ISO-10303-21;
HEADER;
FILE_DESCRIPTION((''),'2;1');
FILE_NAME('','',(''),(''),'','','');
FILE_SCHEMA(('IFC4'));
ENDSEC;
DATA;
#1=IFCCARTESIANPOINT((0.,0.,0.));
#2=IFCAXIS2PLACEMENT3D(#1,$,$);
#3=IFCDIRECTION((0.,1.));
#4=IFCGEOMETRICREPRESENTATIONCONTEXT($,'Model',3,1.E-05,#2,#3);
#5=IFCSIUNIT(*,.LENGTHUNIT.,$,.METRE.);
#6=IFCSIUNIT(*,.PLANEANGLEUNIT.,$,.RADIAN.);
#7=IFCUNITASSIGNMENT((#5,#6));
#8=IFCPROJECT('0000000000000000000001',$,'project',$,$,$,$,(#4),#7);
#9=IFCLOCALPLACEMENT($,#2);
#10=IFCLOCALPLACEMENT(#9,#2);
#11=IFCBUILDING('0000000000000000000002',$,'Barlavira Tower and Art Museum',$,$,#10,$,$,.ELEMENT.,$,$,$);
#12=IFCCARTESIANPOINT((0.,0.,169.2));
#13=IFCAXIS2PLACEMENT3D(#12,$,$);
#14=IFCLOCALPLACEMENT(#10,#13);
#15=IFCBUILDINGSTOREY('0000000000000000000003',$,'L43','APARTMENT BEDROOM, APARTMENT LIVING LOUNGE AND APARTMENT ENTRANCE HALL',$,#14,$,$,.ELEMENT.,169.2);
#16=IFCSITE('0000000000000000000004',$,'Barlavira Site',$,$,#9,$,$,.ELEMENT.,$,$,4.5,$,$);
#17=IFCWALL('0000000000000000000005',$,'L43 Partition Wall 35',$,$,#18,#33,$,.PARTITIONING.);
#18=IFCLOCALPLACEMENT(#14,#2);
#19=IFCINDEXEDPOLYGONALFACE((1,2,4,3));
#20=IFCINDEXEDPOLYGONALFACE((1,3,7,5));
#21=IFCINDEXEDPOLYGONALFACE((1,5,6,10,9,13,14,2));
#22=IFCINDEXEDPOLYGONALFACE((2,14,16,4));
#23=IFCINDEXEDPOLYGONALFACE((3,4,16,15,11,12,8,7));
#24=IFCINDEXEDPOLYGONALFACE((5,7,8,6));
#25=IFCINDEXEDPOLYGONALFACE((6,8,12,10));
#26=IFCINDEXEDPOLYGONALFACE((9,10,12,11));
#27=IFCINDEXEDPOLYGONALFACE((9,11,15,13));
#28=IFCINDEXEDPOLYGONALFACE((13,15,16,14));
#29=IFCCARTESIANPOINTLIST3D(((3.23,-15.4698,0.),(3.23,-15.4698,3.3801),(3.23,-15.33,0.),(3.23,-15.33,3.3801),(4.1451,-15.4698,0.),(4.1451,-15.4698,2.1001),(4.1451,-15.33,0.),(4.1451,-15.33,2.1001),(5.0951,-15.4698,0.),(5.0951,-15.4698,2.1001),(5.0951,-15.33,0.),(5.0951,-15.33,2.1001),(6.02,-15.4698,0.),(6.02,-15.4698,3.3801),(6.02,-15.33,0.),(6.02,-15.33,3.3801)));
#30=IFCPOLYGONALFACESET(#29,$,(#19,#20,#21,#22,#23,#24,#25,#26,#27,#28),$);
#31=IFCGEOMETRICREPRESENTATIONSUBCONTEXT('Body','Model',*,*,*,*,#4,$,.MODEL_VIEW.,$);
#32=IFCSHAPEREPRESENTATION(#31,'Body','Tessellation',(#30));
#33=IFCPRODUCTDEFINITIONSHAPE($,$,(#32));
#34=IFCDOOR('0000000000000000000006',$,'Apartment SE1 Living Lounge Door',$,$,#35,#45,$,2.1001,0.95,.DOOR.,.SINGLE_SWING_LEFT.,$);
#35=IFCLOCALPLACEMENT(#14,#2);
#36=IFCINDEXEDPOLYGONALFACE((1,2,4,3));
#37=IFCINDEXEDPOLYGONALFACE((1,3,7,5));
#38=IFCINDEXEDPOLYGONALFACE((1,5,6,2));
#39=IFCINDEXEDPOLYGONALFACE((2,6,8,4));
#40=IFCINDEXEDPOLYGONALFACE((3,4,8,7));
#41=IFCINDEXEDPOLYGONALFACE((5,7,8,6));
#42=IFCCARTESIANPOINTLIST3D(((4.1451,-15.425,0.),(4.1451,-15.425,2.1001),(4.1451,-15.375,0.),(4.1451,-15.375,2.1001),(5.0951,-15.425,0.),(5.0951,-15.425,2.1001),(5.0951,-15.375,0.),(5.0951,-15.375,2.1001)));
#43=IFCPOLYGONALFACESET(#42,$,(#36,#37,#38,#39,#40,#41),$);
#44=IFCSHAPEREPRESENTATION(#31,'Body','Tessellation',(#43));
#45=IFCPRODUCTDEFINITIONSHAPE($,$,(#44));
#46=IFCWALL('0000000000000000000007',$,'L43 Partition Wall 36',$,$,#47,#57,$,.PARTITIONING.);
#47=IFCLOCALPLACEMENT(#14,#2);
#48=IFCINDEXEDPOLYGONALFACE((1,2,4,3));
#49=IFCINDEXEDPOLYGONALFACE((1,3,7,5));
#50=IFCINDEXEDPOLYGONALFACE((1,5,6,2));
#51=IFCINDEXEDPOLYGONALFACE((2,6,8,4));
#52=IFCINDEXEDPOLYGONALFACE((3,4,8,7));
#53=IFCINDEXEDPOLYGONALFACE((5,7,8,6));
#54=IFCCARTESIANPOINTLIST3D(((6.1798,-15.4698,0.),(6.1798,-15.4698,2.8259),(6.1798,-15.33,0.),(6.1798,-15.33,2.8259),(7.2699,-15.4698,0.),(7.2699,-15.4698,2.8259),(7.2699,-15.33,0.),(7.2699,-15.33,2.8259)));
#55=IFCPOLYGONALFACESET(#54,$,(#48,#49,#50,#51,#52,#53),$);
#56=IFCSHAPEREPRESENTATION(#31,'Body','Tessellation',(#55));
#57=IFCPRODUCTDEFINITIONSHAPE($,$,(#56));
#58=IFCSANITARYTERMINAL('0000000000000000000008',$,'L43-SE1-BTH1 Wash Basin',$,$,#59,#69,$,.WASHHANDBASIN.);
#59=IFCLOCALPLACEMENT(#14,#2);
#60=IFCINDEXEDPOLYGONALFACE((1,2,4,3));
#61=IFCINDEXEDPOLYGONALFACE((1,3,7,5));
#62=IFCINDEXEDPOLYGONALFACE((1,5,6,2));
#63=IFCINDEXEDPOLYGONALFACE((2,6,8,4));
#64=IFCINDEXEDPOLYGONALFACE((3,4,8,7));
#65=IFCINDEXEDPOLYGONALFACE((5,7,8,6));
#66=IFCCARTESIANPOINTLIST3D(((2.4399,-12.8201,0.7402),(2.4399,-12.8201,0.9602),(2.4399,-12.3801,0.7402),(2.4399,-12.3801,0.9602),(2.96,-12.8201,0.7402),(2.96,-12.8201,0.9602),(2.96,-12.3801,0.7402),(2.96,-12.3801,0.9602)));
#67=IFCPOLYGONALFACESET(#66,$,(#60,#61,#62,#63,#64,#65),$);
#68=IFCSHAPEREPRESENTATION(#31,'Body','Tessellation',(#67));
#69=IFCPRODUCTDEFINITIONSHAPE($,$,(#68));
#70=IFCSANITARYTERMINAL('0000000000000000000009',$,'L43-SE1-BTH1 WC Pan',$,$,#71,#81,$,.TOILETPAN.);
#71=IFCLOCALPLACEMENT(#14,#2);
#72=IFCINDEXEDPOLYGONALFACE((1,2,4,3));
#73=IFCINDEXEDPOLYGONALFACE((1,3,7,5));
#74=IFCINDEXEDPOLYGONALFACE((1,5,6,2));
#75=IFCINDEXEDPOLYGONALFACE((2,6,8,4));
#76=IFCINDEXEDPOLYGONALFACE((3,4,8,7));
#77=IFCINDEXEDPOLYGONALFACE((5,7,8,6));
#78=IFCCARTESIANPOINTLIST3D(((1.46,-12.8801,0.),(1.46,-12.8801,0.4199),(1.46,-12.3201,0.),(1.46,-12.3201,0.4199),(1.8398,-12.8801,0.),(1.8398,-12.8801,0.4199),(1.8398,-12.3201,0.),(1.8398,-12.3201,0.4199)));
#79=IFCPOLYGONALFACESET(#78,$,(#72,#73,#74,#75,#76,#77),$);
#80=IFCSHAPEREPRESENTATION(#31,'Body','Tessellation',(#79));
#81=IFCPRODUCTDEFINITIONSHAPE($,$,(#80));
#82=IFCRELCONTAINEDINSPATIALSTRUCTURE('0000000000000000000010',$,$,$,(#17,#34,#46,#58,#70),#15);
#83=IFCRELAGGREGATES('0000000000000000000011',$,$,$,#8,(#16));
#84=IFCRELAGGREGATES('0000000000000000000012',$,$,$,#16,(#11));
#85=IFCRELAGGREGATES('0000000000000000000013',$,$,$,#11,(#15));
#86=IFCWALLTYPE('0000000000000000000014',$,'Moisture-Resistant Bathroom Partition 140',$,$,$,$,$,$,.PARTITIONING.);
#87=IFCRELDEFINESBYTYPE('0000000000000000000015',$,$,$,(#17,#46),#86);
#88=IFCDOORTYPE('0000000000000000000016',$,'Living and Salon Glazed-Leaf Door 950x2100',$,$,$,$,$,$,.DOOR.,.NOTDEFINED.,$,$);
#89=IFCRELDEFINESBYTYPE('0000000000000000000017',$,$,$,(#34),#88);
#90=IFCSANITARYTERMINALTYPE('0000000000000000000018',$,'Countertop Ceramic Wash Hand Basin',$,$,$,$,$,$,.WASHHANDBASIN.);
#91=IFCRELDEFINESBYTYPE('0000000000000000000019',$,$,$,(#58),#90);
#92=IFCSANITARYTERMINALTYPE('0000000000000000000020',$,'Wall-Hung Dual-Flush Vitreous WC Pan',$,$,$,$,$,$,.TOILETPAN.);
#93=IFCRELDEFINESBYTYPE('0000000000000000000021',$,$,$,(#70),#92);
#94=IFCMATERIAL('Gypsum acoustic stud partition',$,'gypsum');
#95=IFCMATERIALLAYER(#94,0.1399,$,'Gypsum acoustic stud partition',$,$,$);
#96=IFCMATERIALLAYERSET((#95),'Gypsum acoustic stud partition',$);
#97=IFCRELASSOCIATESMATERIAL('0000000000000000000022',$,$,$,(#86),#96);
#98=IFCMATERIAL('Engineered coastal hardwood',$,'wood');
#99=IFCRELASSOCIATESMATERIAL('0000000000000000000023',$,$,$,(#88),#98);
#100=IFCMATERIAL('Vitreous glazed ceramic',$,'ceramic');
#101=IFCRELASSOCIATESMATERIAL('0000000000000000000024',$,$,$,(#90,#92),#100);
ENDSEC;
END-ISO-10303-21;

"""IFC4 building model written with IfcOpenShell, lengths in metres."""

from ifc_helpers import new_model, si_unit, direction, frame, frame_2d, origin, origin_2d, place, context, subcontext, project, spatial, rectangle, extrude, material, layer, layer_set, type_object, element, fill, save


model = new_model("IFC4")

# Units and contexts
model_context = context("Model", 3, precision=1e-05, world=origin(), true_north=direction((0.0, 1.0)))
body_context = subcontext(model_context, "Body", "Model", "MODEL_VIEW")
ifc_project = project(units=[si_unit("LENGTHUNIT", "METRE"), si_unit("PLANEANGLEUNIT", "RADIAN")], contexts=[model_context])

# Site, building, storey
site_placement = place(None, origin())
site = spatial("IfcSite", under=ifc_project, at=site_placement, Name="Barlavira Site", CompositionType="ELEMENT", RefElevation=4.5)
building_placement = place(site_placement, origin())
building = spatial("IfcBuilding", under=site, at=building_placement, Name="Barlavira Tower and Art Museum", CompositionType="ELEMENT")
storey_placement = place(building_placement, frame((0.0, 0.0, 169.2)))
storey = spatial("IfcBuildingStorey", under=building, at=storey_placement, Name="L43", Description="APARTMENT BEDROOM, APARTMENT LIVING LOUNGE AND APARTMENT ENTRANCE HALL", CompositionType="ELEMENT", Elevation=169.2)

# Shared definitions
ifc_material_1 = material(Name="Gypsum acoustic stud partition", Category="gypsum")
ifc_material_2 = material(Name="Engineered coastal hardwood", Category="wood")

# Shared definitions
ifc_layer_1 = layer(ifc_material_1, 0.1399, Name="Gypsum acoustic stud partition")
ifc_layer_set_1 = layer_set([ifc_layer_1], Name="Gypsum acoustic stud partition")
wall_type_1 = type_object("IfcWallType", Name="Moisture-Resistant Bathroom Partition 140", PredefinedType="PARTITIONING", material=ifc_layer_set_1)

# Wall, opening, door
wall_1_placement = place(storey_placement, frame((3.23, -15.3999, 0.0), z_axis=(0.0, 0.0, 1.0), x_axis=(1.0, 0.0, 0.0)))
wall_1 = element("IfcWall", 1, at=wall_1_placement, inside=storey, type_object=wall_type_1, Name="L43 Partition Wall 35", PredefinedType="PARTITIONING", context=body_context, shape_type="SweptSolid", body=[
    extrude(rectangle(XDim=2.79, YDim=0.1399, at=frame_2d((1.395, 0.0))), origin(), (0.0, 0.0, 1.0), 3.3801),
])
opening_1_placement = place(wall_1_placement, frame((0.915, 0.0, 0.0)))
opening_1 = element("IfcOpeningElement", 2, at=opening_1_placement, cuts=wall_1, PredefinedType="OPENING", context=body_context, shape_type="SweptSolid", body=[
    extrude(rectangle(XDim=0.95, YDim=2.1001, at=frame_2d((0.4751, 1.05))), frame((0.0, 0.0801, 0.0), z_axis=(0.0, -1.0, 0.0), x_axis=(1.0, 0.0, 0.0)), (0.0, 0.0, 1.0), 0.1599),
])
door_type_1 = type_object("IfcDoorType", Name="Living and Salon Glazed-Leaf Door 950x2100", OperationType="NOTDEFINED", PredefinedType="DOOR", material=ifc_material_2)
door_1_placement = place(opening_1_placement, origin())
door_1 = element("IfcDoor", 3, at=door_1_placement, inside=storey, type_object=door_type_1, Name="Apartment SE1 Living Lounge Door", OperationType="SINGLE_SWING_LEFT", OverallHeight=2.1001, OverallWidth=0.95, PredefinedType="DOOR", context=body_context, shape_type="SweptSolid", body=[
    extrude(rectangle(XDim=0.95, YDim=2.1001, at=frame_2d((0.4751, 1.05))), frame((0.0, 0.0249, 0.0), z_axis=(0.0, -1.0, 0.0), x_axis=(1.0, 0.0, 0.0)), (0.0, 0.0, 1.0), 0.05),
])
fill(opening_1, door_1)

# Wall
wall_2_placement = place(storey_placement, frame((6.1799, -15.3999, 0.0), z_axis=(0.0, 0.0, 1.0), x_axis=(1.0, 0.0, 0.0)))
element("IfcWall", 4, at=wall_2_placement, inside=storey, type_object=wall_type_1, Name="L43 Partition Wall 36", PredefinedType="PARTITIONING", context=body_context, shape_type="SweptSolid", body=[
    extrude(rectangle(XDim=1.0901, YDim=0.1399, at=frame_2d((0.5449, 0.0))), origin(), (0.0, 0.0, 1.0), 2.8259),
])

# Sanitary terminals
ifc_material_3 = material(Name="Vitreous glazed ceramic", Category="ceramic")
sanitary_terminal_type_1 = type_object("IfcSanitaryTerminalType", Name="Countertop Ceramic Wash Hand Basin", PredefinedType="WASHHANDBASIN", material=ifc_material_3)
sanitary_terminal_1_placement = place(storey_placement, frame((2.7, -12.6001, 0.7402), z_axis=(0.0, 0.0, 1.0), x_axis=(1.0, 0.0, 0.0)))
element("IfcSanitaryTerminal", 5, at=sanitary_terminal_1_placement, inside=storey, type_object=sanitary_terminal_type_1, Name="L43-SE1-BTH1 Wash Basin", PredefinedType="WASHHANDBASIN", context=body_context, shape_type="SweptSolid", body=[
    extrude(rectangle(XDim=0.52, YDim=0.4399, at=origin_2d()), origin(), (0.0, 0.0, 1.0), 0.22),
])
sanitary_terminal_type_2 = type_object("IfcSanitaryTerminalType", Name="Wall-Hung Dual-Flush Vitreous WC Pan", PredefinedType="TOILETPAN", material=ifc_material_3)
sanitary_terminal_2_placement = place(storey_placement, frame((1.6499, -12.6001, 0.0), z_axis=(0.0, 0.0, 1.0), x_axis=(1.0, 0.0, 0.0)))
element("IfcSanitaryTerminal", 6, at=sanitary_terminal_2_placement, inside=storey, type_object=sanitary_terminal_type_2, Name="L43-SE1-BTH1 WC Pan", PredefinedType="TOILETPAN", context=body_context, shape_type="SweptSolid", body=[
    extrude(rectangle(XDim=0.3799, YDim=0.5601, at=origin_2d()), origin(), (0.0, 0.0, 1.0), 0.4199),
])

save(model, "model.ifc")
